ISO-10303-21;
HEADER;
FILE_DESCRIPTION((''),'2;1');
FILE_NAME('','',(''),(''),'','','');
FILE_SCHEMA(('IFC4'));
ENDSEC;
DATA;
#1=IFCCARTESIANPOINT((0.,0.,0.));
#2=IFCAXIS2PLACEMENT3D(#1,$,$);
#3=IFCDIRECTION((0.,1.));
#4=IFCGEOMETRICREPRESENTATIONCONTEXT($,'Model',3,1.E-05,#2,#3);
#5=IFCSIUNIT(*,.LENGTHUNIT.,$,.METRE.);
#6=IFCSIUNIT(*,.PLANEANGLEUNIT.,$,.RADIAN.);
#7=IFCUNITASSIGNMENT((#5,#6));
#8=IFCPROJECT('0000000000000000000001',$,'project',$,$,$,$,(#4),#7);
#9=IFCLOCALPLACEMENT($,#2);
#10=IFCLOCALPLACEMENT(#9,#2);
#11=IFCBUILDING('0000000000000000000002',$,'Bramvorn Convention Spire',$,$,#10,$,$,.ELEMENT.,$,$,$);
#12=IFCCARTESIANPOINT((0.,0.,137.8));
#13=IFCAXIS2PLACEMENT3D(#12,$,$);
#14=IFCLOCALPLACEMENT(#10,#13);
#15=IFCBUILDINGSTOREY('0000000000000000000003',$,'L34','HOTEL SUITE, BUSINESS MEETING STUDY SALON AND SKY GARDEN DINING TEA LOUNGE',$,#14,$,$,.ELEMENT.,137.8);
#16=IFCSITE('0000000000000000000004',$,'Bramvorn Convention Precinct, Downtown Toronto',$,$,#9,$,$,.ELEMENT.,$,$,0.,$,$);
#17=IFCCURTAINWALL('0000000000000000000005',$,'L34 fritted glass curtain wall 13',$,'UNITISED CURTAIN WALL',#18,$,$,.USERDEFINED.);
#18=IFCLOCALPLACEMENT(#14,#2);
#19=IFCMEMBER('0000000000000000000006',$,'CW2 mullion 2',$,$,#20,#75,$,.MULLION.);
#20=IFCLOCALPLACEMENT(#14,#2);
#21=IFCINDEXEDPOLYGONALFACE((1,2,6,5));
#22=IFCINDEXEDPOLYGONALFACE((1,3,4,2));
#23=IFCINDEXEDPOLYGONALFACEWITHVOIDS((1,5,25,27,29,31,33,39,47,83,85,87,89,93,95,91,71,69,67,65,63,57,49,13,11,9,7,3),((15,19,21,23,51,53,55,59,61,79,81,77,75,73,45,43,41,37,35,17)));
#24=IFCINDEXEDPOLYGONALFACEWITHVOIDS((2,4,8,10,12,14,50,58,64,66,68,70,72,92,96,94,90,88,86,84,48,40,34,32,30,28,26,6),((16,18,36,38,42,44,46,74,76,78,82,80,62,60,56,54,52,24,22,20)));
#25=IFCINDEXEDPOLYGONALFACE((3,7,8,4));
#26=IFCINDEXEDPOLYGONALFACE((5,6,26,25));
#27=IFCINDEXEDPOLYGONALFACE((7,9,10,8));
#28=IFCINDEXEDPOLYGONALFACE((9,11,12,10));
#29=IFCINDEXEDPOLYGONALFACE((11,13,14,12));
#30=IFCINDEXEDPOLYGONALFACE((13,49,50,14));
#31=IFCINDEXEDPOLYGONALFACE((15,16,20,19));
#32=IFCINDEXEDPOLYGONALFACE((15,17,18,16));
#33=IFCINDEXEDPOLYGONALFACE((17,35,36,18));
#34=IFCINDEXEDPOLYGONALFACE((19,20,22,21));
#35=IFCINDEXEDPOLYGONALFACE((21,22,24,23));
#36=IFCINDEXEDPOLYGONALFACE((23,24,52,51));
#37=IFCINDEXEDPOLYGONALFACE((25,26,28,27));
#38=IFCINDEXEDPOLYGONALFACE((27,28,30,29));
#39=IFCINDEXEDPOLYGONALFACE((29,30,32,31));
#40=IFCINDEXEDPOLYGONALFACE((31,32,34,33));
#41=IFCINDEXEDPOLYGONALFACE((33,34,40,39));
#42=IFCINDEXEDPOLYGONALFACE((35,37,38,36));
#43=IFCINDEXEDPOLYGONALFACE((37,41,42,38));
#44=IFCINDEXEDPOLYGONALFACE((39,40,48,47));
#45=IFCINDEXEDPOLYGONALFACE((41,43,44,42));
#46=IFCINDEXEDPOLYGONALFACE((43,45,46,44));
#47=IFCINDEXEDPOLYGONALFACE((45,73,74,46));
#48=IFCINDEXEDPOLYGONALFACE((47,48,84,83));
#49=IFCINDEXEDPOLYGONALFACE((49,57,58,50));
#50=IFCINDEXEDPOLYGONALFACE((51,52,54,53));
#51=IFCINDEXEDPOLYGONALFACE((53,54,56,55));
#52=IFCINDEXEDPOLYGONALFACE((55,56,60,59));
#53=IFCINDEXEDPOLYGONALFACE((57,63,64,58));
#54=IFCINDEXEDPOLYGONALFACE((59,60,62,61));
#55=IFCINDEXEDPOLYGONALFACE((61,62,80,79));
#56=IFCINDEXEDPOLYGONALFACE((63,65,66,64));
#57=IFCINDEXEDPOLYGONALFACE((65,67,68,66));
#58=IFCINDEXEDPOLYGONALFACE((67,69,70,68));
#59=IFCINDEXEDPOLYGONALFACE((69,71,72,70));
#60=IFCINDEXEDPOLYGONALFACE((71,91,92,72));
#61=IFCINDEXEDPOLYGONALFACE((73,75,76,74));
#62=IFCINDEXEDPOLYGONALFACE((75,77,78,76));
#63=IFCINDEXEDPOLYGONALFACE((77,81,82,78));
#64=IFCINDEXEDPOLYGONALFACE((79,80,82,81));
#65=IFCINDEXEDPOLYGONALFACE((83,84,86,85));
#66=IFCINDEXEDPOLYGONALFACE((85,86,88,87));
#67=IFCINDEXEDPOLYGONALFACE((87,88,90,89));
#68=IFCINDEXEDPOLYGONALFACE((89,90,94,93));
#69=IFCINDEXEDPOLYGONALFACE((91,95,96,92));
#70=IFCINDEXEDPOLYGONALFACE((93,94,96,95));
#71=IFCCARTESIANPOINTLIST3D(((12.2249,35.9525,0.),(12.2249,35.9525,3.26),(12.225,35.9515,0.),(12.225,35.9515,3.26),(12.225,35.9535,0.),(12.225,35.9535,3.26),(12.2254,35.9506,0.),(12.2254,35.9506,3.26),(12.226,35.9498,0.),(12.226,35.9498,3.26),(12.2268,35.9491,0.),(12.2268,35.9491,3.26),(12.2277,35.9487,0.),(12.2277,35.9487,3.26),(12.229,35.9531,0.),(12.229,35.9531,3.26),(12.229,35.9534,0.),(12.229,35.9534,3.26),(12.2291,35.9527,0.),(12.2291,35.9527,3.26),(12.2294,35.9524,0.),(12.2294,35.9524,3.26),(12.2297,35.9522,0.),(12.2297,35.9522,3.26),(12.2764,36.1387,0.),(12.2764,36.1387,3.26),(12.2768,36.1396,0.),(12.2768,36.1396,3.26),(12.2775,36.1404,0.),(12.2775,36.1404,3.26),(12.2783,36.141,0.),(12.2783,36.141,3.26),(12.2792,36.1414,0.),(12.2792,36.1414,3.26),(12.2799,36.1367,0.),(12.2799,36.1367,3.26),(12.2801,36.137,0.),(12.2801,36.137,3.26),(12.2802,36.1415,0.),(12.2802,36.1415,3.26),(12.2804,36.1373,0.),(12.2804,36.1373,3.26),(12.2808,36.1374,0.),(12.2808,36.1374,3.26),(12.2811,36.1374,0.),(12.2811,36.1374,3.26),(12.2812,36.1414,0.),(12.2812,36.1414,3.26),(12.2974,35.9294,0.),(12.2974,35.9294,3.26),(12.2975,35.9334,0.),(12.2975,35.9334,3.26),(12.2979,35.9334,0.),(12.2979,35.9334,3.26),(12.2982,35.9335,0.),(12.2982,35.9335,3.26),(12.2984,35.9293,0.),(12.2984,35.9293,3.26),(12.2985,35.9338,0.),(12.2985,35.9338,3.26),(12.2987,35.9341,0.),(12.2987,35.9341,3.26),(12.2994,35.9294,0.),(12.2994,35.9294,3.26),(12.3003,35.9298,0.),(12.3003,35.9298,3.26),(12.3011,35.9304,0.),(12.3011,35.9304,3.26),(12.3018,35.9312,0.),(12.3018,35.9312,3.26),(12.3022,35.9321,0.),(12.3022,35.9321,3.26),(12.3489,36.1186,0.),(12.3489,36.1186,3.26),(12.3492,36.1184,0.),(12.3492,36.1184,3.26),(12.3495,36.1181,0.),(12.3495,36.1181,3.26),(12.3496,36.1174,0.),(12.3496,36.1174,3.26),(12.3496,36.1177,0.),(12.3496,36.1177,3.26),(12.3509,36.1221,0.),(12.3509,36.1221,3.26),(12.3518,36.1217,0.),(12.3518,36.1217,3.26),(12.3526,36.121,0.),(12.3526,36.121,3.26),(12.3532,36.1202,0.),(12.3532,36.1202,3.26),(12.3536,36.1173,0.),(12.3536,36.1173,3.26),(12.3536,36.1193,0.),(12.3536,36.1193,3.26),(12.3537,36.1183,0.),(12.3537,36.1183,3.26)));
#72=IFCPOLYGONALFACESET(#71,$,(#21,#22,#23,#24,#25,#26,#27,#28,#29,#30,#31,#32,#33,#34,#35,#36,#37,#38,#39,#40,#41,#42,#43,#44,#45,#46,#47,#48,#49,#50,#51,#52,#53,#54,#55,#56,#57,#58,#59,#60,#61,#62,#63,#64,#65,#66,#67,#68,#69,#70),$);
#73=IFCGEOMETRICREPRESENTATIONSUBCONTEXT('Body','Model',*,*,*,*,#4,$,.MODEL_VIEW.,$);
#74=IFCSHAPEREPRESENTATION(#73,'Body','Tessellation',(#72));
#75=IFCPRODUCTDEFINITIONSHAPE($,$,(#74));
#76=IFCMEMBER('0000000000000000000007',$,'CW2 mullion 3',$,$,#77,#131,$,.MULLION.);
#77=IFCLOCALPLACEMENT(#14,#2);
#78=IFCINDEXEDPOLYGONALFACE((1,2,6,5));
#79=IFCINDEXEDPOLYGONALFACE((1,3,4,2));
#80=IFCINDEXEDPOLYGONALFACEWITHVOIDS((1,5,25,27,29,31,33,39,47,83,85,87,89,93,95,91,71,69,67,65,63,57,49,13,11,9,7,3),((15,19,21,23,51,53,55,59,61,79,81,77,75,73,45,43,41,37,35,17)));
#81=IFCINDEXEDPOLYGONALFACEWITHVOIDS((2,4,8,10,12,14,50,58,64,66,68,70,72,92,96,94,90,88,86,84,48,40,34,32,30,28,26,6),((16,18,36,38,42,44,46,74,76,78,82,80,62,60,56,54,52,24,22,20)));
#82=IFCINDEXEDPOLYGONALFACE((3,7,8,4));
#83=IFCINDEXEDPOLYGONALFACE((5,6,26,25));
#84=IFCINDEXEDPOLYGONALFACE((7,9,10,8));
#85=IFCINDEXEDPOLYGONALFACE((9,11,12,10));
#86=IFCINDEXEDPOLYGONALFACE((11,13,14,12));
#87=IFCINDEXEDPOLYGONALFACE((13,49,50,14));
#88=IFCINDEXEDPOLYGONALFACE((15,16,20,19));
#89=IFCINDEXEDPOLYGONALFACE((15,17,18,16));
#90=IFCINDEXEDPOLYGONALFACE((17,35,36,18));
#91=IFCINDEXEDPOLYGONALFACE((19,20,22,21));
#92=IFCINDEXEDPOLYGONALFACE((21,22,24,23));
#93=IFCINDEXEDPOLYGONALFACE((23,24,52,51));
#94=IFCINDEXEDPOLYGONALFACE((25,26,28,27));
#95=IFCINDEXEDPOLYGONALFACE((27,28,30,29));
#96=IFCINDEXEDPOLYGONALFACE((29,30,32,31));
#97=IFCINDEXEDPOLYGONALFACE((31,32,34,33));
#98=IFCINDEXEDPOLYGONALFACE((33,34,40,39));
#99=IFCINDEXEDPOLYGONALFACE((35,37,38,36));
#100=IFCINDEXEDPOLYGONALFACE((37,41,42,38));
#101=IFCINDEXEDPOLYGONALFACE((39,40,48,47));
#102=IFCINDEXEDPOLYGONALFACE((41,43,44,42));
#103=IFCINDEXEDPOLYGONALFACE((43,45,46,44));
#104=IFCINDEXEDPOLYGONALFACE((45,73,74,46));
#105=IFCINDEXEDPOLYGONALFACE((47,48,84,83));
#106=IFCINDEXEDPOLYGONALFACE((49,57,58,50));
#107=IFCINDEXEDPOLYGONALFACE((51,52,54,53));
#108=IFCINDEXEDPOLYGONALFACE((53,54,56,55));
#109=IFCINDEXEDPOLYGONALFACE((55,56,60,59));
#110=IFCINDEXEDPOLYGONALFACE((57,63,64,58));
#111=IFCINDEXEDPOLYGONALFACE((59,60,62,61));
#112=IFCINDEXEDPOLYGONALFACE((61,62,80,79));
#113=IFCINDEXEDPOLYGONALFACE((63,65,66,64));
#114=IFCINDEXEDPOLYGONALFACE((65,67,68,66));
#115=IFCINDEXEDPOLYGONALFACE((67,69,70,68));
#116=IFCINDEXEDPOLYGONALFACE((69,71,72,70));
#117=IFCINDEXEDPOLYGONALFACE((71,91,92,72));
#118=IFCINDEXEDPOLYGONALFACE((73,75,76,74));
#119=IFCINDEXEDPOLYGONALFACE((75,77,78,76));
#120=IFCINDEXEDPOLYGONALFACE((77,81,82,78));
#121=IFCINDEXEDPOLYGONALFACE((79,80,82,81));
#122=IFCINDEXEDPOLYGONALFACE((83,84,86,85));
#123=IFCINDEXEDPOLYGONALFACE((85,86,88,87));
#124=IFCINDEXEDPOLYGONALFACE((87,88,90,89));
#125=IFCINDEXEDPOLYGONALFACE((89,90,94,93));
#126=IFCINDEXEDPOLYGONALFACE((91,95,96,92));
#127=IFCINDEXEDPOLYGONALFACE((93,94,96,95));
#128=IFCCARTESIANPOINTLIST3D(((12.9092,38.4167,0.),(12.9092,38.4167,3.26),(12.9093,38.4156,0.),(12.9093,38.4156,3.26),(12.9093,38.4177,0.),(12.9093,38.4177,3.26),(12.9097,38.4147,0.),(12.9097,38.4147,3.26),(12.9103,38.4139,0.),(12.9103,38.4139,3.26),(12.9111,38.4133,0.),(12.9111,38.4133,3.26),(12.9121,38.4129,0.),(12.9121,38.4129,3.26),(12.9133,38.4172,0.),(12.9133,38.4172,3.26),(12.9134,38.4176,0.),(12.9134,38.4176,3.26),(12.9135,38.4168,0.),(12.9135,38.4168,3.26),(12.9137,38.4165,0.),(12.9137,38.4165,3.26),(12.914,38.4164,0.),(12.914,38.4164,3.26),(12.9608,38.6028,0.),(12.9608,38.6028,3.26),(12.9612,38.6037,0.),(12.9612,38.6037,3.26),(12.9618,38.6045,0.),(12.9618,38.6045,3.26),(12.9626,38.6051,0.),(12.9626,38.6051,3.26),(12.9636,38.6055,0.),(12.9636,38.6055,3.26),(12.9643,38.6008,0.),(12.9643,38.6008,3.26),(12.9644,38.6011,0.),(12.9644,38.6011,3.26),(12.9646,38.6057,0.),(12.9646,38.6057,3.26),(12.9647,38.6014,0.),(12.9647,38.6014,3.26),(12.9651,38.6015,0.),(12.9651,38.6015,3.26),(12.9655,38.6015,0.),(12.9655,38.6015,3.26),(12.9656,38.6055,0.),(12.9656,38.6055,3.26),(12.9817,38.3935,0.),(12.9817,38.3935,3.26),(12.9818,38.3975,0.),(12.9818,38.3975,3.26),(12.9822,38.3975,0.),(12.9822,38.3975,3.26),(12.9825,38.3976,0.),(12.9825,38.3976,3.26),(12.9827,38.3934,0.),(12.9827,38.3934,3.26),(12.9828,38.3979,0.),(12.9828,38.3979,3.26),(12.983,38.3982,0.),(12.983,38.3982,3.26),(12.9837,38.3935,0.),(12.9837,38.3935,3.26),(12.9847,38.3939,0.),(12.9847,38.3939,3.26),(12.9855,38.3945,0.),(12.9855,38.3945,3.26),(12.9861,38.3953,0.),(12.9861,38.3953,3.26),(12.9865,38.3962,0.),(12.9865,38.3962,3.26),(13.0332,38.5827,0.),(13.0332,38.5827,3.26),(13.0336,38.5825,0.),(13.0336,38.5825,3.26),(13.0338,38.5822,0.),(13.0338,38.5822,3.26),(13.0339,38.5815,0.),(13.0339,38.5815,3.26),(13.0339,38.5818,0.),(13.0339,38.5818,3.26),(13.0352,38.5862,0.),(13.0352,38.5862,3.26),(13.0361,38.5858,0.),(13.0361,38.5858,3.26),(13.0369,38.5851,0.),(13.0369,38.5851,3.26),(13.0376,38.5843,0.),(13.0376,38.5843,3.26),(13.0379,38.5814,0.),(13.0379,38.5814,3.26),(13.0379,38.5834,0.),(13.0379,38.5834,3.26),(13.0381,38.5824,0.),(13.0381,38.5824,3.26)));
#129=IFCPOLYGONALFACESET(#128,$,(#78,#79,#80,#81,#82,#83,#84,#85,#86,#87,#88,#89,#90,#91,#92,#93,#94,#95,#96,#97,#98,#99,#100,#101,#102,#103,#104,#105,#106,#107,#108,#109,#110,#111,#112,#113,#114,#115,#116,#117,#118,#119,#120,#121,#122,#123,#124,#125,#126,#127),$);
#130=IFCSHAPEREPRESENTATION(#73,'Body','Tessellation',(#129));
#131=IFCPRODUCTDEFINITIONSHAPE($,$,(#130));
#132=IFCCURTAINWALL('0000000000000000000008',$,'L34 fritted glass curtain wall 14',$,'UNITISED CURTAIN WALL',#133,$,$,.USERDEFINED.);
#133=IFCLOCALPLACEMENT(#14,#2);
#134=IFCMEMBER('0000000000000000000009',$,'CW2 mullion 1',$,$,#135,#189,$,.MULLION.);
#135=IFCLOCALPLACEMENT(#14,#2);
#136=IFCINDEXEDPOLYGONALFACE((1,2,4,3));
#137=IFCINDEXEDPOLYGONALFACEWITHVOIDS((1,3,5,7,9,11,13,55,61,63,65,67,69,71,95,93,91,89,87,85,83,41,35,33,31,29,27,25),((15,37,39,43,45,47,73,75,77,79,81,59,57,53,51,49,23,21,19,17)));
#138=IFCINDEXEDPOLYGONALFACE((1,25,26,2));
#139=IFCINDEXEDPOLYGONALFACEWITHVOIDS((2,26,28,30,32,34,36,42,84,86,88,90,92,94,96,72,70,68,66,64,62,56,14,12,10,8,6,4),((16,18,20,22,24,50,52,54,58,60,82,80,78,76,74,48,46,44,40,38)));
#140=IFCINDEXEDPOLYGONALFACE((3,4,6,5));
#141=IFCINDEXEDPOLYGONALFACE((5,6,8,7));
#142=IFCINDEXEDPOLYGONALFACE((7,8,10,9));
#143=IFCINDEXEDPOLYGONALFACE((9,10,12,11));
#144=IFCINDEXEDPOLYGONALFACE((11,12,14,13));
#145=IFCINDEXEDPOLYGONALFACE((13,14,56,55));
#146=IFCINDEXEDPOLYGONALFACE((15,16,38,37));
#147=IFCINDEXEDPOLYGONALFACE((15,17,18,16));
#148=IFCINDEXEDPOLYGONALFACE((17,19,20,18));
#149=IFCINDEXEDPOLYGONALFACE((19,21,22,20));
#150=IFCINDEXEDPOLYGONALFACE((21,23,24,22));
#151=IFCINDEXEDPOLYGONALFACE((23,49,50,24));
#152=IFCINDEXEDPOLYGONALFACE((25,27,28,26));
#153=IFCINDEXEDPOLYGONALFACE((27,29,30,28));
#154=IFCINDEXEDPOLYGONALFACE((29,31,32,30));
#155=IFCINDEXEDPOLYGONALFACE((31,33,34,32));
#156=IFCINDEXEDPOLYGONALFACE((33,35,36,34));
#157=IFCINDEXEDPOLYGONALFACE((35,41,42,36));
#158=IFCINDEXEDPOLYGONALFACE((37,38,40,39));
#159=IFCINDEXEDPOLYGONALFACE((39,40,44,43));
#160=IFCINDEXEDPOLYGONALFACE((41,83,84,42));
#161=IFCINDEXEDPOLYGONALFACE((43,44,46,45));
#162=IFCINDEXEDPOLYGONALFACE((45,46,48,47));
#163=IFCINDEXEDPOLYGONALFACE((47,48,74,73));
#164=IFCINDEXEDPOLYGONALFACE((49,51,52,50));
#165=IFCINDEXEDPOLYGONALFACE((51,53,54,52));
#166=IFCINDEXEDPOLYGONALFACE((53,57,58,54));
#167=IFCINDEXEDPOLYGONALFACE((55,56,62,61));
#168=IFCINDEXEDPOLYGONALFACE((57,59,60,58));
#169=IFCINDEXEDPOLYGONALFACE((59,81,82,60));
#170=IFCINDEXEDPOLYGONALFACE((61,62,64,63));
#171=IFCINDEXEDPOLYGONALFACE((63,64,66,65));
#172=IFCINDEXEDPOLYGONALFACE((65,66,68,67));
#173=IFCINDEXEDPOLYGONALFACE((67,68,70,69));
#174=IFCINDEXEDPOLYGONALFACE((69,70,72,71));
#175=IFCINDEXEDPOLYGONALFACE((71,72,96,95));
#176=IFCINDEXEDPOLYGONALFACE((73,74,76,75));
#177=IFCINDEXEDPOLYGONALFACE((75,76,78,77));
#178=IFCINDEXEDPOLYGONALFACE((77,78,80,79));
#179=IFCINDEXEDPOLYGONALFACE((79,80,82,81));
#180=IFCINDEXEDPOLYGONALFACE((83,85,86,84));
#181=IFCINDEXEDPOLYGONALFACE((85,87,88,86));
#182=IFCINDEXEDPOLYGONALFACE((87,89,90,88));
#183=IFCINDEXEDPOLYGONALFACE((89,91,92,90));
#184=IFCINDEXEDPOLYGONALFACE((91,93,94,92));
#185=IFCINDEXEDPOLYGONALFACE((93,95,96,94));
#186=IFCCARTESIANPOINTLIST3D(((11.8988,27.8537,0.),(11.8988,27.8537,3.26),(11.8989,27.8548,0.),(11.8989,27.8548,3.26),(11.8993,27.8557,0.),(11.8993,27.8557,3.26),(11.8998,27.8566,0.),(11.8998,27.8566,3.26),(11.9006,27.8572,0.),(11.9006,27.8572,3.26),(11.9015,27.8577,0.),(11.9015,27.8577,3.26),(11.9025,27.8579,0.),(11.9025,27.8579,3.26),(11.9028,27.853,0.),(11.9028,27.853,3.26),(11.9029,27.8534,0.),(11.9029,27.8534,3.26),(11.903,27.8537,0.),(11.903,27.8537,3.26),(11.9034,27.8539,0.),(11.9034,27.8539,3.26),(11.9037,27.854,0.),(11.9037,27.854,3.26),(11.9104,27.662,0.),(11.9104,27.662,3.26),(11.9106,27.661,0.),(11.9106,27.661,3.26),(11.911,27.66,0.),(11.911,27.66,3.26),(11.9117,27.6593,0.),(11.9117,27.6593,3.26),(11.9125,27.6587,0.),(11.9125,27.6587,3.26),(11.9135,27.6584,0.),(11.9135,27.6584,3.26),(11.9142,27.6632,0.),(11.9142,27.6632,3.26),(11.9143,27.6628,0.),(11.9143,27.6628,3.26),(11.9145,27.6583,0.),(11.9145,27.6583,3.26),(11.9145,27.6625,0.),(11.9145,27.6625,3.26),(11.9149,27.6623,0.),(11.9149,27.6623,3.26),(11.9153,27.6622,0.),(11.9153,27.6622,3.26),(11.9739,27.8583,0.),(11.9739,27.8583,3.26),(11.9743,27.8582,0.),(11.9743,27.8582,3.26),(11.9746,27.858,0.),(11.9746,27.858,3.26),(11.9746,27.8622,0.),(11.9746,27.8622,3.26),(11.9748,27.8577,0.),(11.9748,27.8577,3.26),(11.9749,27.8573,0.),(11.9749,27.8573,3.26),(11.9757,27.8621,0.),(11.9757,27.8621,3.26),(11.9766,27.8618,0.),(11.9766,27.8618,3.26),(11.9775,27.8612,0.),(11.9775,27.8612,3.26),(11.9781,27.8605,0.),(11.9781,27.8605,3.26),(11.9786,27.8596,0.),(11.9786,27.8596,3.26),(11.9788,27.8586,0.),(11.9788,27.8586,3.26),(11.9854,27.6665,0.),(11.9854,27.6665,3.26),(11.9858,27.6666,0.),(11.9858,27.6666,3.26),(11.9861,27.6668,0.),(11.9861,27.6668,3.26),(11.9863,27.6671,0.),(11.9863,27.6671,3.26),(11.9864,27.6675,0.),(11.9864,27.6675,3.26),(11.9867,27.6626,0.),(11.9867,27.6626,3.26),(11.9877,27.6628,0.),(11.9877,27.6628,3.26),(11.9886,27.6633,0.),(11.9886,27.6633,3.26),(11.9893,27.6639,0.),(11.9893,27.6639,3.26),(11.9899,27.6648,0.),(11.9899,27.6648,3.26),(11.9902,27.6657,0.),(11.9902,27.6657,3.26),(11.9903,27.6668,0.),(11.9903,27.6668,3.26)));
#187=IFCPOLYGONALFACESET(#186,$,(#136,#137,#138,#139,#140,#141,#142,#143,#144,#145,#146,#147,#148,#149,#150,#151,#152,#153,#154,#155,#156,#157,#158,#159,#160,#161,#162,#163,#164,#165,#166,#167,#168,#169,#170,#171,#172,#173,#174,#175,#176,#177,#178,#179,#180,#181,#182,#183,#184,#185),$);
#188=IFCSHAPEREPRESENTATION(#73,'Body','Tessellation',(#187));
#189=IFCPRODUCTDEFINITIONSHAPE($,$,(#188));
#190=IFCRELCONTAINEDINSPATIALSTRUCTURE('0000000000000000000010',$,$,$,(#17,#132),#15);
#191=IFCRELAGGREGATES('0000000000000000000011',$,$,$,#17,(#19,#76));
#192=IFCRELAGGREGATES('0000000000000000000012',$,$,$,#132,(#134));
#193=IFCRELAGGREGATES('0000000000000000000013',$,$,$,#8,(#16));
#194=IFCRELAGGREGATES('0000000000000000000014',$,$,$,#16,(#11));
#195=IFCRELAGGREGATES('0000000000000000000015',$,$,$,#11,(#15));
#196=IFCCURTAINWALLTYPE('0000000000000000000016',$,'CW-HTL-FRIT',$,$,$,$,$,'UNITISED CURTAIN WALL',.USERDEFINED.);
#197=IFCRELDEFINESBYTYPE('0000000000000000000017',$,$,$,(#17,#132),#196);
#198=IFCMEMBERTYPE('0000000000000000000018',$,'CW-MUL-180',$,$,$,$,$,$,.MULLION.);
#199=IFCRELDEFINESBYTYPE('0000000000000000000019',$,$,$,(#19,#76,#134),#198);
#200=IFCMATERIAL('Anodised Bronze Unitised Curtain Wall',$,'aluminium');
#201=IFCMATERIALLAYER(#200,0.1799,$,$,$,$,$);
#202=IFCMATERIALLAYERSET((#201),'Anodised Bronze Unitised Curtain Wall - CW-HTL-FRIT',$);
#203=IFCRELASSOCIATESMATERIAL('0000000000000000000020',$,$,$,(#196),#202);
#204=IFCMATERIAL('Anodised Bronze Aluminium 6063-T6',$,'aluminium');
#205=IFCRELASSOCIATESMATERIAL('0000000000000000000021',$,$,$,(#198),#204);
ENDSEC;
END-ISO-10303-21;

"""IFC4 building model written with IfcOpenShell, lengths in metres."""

from ifc_helpers import new_model, si_unit, direction, frame, origin, origin_2d, place, context, subcontext, project, spatial, hollow_rectangle, extrude, material, layer, layer_set, material_profile, profile_set, type_object, element, aggregate, save


model = new_model("IFC4")

# Units and contexts
model_context = context("Model", 3, precision=1e-05, world=origin(), true_north=direction((0.0, 1.0)))
body_context = subcontext(model_context, "Body", "Model", "MODEL_VIEW")
ifc_project = project(units=[si_unit("LENGTHUNIT", "METRE"), si_unit("PLANEANGLEUNIT", "RADIAN")], contexts=[model_context])

# Site, building, storey
site_placement = place(None, origin())
site = spatial("IfcSite", under=ifc_project, at=site_placement, Name="Bramvorn Convention Precinct, Downtown Toronto", CompositionType="ELEMENT", RefElevation=0.0)
building_placement = place(site_placement, origin())
building = spatial("IfcBuilding", under=site, at=building_placement, Name="Bramvorn Convention Spire", CompositionType="ELEMENT")
storey_placement = place(building_placement, frame((0.0, 0.0, 137.8)))
storey = spatial("IfcBuildingStorey", under=building, at=storey_placement, Name="L34", Description="HOTEL SUITE, BUSINESS MEETING STUDY SALON AND SKY GARDEN DINING TEA LOUNGE", CompositionType="ELEMENT", Elevation=137.8)

# Curtain walls, members
ifc_material_1 = material(Name="Anodised Bronze Unitised Curtain Wall", Category="aluminium")
ifc_layer_1 = layer(ifc_material_1, 0.1799)
ifc_layer_set_1 = layer_set([ifc_layer_1], Name="Anodised Bronze Unitised Curtain Wall - CW-HTL-FRIT")
curtain_wall_type_1 = type_object("IfcCurtainWallType", Name="CW-HTL-FRIT", ElementType="UNITISED CURTAIN WALL", PredefinedType="USERDEFINED", material=ifc_layer_set_1)
ifc_material_2 = material(Name="Anodised Bronze Aluminium 6063-T6", Category="aluminium")
ifc_material_profile_1 = material_profile(ifc_material_2, hollow_rectangle(XDim=0.0801, YDim=0.2, WallThickness=0.0039, InnerFilletRadius=0.001, OuterFilletRadius=0.0039, at=origin_2d()))
ifc_profile_set_1 = profile_set([ifc_material_profile_1], Name="Anodised Bronze Aluminium 6063-T6 - CWM80X200")
member_type_1 = type_object("IfcMemberType", Name="CW-MUL-180", PredefinedType="MULLION", material=ifc_profile_set_1)
curtain_wall_1_placement = place(storey_placement, origin())
curtain_wall_1 = element("IfcCurtainWall", 1, at=curtain_wall_1_placement, inside=storey, type_object=curtain_wall_type_1, Name="L34 fritted glass curtain wall 13", ObjectType="UNITISED CURTAIN WALL", PredefinedType="USERDEFINED")
member_1_placement = place(storey_placement, frame((12.2893, 36.0354, 0.0), z_axis=(0.0, 0.0, 1.0), x_axis=(-0.963527, 0.26761, 0.0)))
member_1 = element("IfcMember", 2, at=member_1_placement, type_object=member_type_1, Name="CW2 mullion 2", PredefinedType="MULLION", context=body_context, shape_type="SweptSolid", body=[
    extrude(hollow_rectangle(XDim=0.0801, YDim=0.2, WallThickness=0.0039, InnerFilletRadius=0.001, OuterFilletRadius=0.0039, at=origin_2d()), origin(), (0.0, 0.0, 1.0), 3.26),
])
member_2_placement = place(storey_placement, frame((12.9736, 38.4995, 0.0), z_axis=(0.0, 0.0, 1.0), x_axis=(-0.963527, 0.26761, 0.0)))
member_2 = element("IfcMember", 3, at=member_2_placement, type_object=member_type_1, Name="CW2 mullion 3", PredefinedType="MULLION", context=body_context, shape_type="SweptSolid", body=[
    extrude(hollow_rectangle(XDim=0.0801, YDim=0.2, WallThickness=0.0039, InnerFilletRadius=0.001, OuterFilletRadius=0.0039, at=origin_2d()), origin(), (0.0, 0.0, 1.0), 3.26),
])
curtain_wall_2_placement = place(storey_placement, origin())
curtain_wall_2 = element("IfcCurtainWall", 4, at=curtain_wall_2_placement, inside=storey, type_object=curtain_wall_type_1, Name="L34 fritted glass curtain wall 14", ObjectType="UNITISED CURTAIN WALL", PredefinedType="USERDEFINED")
member_3_placement = place(storey_placement, frame((11.9446, 27.7603, 0.0), z_axis=(0.0, 0.0, 1.0), x_axis=(-0.998196, -0.06004, 0.0)))
member_3 = element("IfcMember", 5, at=member_3_placement, type_object=member_type_1, Name="CW2 mullion 1", PredefinedType="MULLION", context=body_context, shape_type="SweptSolid", body=[
    extrude(hollow_rectangle(XDim=0.0801, YDim=0.2, WallThickness=0.0039, InnerFilletRadius=0.001, OuterFilletRadius=0.0039, at=origin_2d()), origin(), (0.0, 0.0, 1.0), 3.26),
])

aggregate(curtain_wall_1, [member_1, member_2])
aggregate(curtain_wall_2, [member_3])

save(model, "model.ifc")
